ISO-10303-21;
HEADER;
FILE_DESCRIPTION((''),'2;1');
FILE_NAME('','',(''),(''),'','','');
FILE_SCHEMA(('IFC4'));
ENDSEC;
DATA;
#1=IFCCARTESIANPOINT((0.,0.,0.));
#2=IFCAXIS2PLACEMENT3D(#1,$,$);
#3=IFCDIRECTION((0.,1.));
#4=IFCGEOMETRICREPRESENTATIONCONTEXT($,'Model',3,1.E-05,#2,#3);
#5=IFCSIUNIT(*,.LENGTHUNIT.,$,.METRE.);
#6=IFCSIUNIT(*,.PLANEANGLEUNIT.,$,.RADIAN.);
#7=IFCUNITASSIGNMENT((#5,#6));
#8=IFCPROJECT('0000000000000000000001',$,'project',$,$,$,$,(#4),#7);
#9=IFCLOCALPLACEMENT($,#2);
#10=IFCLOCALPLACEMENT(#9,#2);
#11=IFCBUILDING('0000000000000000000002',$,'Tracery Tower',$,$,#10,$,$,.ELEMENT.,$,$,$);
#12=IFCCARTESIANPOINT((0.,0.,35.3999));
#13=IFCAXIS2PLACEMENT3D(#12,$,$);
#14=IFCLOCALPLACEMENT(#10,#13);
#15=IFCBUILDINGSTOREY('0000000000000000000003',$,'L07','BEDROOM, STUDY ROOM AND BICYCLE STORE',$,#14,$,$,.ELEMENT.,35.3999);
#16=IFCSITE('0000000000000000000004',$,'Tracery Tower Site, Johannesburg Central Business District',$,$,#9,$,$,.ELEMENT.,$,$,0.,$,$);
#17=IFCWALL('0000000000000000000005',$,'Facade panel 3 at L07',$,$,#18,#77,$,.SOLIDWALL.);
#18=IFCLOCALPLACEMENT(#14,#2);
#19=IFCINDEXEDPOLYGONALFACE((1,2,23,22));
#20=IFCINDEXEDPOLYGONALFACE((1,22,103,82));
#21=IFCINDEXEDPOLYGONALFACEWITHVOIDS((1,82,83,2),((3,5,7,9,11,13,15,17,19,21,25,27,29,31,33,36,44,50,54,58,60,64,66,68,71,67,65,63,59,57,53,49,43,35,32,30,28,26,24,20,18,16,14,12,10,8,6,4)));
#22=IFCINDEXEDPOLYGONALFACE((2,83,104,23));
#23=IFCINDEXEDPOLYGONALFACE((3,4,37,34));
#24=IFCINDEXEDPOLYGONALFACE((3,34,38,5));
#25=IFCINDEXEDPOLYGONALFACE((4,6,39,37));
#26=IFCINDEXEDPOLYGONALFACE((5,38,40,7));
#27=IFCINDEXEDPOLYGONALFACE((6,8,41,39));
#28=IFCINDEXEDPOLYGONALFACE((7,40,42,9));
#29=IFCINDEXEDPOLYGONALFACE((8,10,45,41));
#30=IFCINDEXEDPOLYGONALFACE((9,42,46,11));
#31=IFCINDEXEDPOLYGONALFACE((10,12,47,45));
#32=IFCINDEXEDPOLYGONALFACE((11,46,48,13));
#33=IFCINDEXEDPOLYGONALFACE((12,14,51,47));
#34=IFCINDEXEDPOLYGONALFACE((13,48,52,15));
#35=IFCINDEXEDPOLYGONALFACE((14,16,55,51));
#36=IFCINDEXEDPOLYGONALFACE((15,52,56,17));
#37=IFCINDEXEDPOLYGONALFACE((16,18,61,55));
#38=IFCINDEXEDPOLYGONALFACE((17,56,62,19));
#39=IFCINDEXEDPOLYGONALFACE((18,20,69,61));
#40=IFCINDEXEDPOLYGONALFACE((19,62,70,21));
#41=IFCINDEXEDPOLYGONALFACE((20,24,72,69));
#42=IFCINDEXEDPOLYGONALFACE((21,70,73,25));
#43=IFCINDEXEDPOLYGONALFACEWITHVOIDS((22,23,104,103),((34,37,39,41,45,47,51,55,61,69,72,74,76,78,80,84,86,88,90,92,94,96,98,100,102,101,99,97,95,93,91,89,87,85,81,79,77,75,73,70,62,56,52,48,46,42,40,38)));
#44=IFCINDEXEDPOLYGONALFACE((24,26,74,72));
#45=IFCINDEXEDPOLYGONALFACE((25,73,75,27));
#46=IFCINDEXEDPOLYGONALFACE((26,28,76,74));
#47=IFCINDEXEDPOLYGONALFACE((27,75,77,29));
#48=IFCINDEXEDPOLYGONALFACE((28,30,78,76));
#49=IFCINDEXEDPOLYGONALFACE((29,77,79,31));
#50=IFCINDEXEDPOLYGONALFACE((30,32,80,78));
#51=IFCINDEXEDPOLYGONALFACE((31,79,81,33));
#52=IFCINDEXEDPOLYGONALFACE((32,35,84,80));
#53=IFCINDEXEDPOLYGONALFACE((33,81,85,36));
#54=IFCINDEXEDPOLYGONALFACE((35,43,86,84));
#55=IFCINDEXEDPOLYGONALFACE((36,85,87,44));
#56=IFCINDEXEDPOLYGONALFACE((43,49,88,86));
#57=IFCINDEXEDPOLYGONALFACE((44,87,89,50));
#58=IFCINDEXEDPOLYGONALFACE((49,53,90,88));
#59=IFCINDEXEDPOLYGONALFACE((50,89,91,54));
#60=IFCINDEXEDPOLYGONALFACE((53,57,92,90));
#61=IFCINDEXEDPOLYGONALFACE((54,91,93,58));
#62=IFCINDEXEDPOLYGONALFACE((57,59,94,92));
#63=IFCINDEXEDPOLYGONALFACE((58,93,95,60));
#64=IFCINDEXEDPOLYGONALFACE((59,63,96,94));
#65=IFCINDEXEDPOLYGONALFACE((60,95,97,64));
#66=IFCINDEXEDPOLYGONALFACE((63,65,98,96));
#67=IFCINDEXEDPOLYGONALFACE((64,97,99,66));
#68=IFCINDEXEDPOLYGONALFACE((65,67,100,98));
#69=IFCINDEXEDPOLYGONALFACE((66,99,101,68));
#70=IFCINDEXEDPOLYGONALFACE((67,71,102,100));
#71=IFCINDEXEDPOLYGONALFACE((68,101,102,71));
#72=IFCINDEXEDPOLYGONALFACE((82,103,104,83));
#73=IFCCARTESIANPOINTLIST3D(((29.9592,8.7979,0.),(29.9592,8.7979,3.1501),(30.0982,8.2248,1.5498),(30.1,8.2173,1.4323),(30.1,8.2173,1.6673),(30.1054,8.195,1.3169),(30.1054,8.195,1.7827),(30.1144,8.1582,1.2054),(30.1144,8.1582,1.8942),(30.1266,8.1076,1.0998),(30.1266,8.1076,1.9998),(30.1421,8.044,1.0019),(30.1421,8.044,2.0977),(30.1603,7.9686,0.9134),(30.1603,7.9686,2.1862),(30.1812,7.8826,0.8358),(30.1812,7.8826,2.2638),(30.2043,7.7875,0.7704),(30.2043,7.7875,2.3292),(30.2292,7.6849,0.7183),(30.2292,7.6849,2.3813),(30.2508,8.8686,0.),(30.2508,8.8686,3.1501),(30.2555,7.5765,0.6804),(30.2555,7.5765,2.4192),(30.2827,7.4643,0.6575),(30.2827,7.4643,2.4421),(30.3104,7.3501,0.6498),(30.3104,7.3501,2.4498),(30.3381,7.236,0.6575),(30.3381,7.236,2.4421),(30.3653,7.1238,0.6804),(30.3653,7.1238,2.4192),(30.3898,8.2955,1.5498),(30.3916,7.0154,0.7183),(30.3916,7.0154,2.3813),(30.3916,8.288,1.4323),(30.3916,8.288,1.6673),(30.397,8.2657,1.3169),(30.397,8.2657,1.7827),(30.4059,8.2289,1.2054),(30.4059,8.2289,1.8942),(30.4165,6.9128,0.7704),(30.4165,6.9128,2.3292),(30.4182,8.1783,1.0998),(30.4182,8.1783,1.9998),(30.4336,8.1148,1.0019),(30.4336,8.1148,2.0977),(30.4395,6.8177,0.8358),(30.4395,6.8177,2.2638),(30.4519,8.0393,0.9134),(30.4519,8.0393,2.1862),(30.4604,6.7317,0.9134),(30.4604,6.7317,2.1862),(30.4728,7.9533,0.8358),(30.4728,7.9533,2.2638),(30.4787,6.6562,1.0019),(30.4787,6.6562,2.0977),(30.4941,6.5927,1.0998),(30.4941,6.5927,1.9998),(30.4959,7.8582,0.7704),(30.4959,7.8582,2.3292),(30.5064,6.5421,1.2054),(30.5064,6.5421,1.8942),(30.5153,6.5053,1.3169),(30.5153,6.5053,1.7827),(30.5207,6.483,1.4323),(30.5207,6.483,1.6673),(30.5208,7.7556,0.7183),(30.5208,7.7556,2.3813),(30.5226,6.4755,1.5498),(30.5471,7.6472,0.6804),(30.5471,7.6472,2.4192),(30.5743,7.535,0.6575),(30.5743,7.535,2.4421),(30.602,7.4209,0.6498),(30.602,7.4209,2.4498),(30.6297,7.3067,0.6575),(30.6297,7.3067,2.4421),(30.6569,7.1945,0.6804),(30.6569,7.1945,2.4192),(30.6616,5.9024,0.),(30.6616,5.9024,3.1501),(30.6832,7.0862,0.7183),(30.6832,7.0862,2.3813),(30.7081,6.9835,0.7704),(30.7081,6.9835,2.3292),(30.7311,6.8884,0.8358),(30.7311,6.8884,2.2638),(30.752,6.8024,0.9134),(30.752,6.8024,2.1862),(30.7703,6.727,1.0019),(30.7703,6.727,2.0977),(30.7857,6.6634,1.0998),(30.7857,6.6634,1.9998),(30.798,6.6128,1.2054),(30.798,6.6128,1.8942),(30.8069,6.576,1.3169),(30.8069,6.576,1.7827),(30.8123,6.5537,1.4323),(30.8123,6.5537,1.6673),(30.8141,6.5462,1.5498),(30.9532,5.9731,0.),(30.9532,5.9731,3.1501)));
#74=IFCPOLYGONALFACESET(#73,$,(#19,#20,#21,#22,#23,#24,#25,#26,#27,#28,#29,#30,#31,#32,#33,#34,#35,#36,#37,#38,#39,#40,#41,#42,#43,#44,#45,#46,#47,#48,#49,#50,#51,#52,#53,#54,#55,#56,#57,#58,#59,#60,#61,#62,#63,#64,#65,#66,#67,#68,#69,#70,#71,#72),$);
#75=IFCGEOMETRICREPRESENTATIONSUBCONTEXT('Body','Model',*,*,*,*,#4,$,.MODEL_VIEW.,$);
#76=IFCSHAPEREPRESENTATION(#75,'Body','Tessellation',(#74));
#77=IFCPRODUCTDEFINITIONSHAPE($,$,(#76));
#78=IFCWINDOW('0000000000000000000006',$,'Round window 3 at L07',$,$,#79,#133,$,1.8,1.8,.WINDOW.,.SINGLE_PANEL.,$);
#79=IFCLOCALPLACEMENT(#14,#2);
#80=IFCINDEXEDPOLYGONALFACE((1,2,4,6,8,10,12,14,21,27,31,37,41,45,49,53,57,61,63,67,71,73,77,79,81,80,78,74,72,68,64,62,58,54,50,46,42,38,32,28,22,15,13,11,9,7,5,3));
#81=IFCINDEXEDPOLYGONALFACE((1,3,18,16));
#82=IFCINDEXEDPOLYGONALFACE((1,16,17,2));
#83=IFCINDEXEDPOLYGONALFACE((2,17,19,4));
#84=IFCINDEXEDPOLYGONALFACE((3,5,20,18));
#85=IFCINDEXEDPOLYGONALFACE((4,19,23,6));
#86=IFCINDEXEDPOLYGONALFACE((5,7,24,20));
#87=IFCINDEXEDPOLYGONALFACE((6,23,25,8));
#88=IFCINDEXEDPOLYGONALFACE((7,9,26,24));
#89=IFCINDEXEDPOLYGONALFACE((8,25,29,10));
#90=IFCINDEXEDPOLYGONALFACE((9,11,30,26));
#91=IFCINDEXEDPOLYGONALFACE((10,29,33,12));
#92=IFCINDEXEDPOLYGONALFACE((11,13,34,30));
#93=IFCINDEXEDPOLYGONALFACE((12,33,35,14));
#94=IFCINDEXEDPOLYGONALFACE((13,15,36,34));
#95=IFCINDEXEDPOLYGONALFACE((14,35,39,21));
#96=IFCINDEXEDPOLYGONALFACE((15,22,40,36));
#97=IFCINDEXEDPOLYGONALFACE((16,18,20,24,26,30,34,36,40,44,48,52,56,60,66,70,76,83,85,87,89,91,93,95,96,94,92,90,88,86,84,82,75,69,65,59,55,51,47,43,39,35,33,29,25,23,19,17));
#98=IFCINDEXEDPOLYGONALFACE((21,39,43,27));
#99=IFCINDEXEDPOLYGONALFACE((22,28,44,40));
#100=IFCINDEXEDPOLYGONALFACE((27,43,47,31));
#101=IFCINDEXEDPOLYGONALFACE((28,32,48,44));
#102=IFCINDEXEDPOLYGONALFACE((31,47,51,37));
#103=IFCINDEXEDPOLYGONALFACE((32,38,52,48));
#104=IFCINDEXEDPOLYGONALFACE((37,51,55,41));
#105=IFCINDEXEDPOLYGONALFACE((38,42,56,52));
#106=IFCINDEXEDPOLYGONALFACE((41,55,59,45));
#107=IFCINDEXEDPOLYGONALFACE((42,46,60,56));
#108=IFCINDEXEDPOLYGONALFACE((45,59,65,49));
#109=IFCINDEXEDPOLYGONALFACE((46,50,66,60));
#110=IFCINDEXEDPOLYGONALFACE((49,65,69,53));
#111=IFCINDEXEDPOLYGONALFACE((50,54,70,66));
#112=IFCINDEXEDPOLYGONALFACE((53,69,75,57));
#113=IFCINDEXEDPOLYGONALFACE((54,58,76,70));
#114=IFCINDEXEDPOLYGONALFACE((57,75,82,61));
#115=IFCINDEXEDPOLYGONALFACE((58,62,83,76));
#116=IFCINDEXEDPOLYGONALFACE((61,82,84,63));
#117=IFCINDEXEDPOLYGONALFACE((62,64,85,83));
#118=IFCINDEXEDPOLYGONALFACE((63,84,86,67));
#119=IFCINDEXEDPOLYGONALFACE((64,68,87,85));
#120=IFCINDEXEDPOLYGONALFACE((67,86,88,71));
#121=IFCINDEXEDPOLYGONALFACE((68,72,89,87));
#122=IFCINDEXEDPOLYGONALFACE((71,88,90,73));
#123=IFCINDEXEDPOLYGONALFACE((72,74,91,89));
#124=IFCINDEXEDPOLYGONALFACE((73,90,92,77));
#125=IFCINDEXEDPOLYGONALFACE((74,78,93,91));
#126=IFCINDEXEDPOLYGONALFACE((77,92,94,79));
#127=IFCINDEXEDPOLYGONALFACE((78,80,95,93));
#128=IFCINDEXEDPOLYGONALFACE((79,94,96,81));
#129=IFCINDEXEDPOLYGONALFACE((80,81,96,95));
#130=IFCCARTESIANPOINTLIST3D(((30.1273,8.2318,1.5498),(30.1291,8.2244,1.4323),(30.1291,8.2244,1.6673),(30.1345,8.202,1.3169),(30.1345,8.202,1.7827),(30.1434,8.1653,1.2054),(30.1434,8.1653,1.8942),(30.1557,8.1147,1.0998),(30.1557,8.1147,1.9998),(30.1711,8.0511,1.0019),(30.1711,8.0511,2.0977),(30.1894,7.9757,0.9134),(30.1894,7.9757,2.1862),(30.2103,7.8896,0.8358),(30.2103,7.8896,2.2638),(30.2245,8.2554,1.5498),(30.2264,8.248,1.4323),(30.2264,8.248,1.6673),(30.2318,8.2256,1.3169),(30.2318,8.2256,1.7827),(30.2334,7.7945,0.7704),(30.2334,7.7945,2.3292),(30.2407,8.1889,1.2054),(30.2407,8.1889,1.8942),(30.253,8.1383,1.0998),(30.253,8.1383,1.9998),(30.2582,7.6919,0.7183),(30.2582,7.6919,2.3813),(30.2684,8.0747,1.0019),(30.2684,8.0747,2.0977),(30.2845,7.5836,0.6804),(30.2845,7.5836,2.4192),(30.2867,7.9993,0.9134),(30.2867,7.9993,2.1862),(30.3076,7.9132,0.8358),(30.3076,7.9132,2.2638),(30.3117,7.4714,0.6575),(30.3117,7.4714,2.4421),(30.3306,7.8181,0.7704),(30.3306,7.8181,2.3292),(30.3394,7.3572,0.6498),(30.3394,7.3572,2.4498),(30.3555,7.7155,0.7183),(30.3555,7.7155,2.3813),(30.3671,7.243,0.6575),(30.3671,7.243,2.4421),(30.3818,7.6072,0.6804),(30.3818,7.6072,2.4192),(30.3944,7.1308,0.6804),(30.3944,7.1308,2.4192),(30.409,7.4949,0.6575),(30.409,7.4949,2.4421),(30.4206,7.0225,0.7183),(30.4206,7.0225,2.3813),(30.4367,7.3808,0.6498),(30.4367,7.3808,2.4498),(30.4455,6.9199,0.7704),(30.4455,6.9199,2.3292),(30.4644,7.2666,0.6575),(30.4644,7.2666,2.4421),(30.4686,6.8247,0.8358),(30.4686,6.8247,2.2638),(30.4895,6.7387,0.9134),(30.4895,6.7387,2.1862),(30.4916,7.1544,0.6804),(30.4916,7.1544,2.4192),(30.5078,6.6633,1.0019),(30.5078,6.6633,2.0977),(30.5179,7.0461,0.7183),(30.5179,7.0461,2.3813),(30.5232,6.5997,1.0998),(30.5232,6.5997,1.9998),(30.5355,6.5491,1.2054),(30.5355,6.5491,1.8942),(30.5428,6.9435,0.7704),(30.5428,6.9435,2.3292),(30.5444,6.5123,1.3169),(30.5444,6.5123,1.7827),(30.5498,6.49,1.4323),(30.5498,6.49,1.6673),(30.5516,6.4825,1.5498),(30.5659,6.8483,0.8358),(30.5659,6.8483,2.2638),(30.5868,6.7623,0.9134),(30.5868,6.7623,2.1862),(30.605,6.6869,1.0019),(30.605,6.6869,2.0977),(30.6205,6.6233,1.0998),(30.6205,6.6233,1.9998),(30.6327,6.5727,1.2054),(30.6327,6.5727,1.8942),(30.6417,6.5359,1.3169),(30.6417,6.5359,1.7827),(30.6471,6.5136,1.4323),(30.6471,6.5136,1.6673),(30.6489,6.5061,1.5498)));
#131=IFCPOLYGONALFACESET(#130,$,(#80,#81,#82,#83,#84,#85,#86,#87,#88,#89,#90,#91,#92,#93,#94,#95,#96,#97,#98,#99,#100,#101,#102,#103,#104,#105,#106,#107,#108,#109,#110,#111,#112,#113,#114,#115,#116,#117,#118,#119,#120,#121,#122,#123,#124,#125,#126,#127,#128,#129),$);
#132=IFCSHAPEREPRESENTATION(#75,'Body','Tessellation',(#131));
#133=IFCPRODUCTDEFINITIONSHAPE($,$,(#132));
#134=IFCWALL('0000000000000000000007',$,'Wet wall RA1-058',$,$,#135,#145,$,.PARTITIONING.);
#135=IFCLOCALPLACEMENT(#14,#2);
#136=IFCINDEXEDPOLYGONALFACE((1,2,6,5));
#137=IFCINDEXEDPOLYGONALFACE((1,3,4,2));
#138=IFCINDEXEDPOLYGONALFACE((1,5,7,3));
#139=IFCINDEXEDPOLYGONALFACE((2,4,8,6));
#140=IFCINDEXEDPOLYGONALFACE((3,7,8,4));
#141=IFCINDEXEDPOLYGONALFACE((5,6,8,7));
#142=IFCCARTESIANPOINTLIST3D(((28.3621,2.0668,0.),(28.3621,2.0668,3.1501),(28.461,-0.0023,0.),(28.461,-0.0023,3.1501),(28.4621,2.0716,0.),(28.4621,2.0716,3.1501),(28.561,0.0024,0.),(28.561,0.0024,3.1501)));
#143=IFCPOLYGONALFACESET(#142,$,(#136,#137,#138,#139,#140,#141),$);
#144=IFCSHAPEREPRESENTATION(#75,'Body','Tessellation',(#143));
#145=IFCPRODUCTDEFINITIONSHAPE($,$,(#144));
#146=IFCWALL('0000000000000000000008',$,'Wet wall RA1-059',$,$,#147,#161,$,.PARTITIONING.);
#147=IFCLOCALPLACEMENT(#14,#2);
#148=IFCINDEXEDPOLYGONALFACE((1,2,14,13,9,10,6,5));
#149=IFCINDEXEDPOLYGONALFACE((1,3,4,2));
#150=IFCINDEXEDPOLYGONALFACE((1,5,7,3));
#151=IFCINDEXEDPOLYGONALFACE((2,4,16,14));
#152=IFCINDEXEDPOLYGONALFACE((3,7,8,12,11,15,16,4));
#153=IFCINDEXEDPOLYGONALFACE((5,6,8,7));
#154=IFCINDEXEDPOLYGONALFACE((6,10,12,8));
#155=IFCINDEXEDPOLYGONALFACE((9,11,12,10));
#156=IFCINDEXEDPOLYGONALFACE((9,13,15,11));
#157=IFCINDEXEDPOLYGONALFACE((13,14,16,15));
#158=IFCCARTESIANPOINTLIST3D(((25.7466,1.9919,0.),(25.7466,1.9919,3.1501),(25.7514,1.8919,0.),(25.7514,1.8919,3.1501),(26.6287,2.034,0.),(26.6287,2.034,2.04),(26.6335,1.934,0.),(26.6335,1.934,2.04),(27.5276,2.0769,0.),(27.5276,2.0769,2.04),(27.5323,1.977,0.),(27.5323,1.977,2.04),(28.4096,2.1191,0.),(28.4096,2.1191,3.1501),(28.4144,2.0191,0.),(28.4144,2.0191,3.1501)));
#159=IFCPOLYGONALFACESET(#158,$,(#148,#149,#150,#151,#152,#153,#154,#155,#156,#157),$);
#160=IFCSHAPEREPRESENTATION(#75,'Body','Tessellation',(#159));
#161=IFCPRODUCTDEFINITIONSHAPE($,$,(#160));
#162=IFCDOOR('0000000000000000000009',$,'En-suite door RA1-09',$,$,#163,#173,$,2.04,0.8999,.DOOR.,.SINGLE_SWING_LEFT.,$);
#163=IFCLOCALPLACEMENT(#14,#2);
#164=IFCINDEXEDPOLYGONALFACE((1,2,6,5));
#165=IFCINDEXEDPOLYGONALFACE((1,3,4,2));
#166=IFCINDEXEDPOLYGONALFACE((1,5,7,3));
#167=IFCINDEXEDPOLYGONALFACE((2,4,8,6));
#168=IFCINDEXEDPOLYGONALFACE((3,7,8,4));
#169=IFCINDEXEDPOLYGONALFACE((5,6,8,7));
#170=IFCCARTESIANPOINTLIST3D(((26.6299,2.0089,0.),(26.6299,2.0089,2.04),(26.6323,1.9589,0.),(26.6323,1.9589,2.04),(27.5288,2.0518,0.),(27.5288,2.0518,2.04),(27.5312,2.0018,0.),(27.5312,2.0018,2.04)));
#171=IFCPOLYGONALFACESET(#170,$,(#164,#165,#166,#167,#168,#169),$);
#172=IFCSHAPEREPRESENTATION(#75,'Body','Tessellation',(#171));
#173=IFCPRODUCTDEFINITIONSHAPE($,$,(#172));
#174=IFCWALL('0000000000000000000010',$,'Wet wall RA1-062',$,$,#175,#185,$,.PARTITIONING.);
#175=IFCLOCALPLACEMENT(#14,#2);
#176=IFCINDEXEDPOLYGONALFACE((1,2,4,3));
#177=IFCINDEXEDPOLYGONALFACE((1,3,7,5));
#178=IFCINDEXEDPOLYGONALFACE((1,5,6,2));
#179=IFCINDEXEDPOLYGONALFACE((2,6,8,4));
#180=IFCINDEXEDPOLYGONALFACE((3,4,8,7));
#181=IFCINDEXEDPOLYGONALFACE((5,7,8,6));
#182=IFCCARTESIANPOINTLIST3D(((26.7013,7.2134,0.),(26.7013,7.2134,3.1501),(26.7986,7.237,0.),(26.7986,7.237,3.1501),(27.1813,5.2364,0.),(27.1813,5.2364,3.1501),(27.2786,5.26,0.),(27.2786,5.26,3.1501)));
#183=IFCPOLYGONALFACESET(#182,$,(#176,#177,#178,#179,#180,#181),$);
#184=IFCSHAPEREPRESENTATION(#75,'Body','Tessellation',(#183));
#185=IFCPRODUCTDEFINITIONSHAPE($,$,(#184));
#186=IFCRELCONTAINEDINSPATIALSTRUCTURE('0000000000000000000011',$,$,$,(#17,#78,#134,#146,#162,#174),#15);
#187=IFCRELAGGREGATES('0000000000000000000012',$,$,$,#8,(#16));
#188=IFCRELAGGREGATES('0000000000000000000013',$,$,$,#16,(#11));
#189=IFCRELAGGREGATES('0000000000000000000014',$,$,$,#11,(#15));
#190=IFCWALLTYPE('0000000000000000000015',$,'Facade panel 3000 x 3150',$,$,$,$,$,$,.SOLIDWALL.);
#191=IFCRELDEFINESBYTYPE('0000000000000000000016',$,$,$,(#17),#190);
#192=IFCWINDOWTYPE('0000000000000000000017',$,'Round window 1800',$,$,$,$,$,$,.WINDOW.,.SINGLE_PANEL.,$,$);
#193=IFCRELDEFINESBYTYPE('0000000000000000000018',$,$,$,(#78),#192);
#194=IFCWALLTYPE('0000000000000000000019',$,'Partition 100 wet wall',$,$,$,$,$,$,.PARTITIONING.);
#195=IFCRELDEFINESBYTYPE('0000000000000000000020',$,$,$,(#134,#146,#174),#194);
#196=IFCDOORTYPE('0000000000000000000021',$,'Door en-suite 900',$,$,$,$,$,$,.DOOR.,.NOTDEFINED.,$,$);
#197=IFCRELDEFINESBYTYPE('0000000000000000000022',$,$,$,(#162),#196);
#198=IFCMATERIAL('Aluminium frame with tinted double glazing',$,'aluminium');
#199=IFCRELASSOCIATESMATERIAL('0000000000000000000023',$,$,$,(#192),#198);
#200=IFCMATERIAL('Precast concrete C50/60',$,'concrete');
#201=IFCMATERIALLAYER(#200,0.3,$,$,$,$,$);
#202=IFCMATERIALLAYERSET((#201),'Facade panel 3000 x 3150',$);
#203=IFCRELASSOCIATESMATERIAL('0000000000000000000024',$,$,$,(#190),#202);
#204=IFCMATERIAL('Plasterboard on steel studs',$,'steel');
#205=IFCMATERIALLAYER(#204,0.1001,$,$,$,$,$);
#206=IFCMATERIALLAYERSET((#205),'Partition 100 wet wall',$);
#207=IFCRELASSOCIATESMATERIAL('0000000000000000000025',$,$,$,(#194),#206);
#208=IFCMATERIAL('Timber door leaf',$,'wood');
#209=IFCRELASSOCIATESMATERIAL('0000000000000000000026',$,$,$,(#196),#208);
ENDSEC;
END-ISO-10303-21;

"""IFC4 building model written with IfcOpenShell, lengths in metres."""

from ifc_helpers import new_model, si_unit, direction, frame, frame_2d, origin, origin_2d, place, context, subcontext, project, spatial, rectangle, circle, extrude, material, layer, layer_set, type_object, element, fill, save


model = new_model("IFC4")

# Units and contexts
model_context = context("Model", 3, precision=1e-05, world=origin(), true_north=direction((0.0, 1.0)))
body_context = subcontext(model_context, "Body", "Model", "MODEL_VIEW")
ifc_project = project(units=[si_unit("LENGTHUNIT", "METRE"), si_unit("PLANEANGLEUNIT", "RADIAN")], contexts=[model_context])

# Site, building, storey
site_placement = place(None, origin())
site = spatial("IfcSite", under=ifc_project, at=site_placement, Name="Tracery Tower Site, Johannesburg Central Business District", CompositionType="ELEMENT", RefElevation=0.0)
building_placement = place(site_placement, origin())
building = spatial("IfcBuilding", under=site, at=building_placement, Name="Tracery Tower", CompositionType="ELEMENT")
storey_placement = place(building_placement, frame((0.0, 0.0, 35.3999)))
storey = spatial("IfcBuildingStorey", under=building, at=storey_placement, Name="L07", Description="BEDROOM, STUDY ROOM AND BICYCLE STORE", CompositionType="ELEMENT", Elevation=35.3999)

# Wall, opening, window
ifc_material_1 = material(Name="Aluminium frame with tinted double glazing", Category="aluminium")
window_type = type_object("IfcWindowType", Name="Round window 1800", PartitioningType="SINGLE_PANEL", PredefinedType="WINDOW", material=ifc_material_1)
ifc_material_2 = material(Name="Precast concrete C50/60", Category="concrete")
ifc_layer_1 = layer(ifc_material_2, 0.3)
ifc_layer_set_1 = layer_set([ifc_layer_1], Name="Facade panel 3000 x 3150")
wall_type_1 = type_object("IfcWallType", Name="Facade panel 3000 x 3150", PredefinedType="SOLIDWALL", material=ifc_layer_set_1)
wall_1_placement = place(storey_placement, frame((30.8074, 5.9377, 0.0), z_axis=(0.0, 0.0, 1.0), x_axis=(-0.235743, 0.971815, 0.0)))
wall_1 = element("IfcWall", 1, at=wall_1_placement, inside=storey, type_object=wall_type_1, Name="Facade panel 3 at L07", PredefinedType="SOLIDWALL", context=body_context, shape_type="SweptSolid", body=[
    extrude(rectangle(XDim=2.9795, YDim=0.3, at=frame_2d((1.4897, 0.0))), origin(), (0.0, 0.0, 1.0), 3.1501),
])
opening_1_placement = place(wall_1_placement, frame((1.4897, 0.0, 1.5498)))
opening_1 = element("IfcOpeningElement", 2, at=opening_1_placement, cuts=wall_1, PredefinedType="OPENING", context=body_context, shape_type="SweptSolid", body=[
    extrude(circle(Radius=0.9, at=origin_2d()), frame((0.0, 0.1599, 0.0), z_axis=(0.0, -1.0, 0.0), x_axis=(1.0, 0.0, 0.0)), (0.0, 0.0, 1.0), 0.3201),
])
window_1_placement = place(opening_1_placement, origin())
window_1 = element("IfcWindow", 3, at=window_1_placement, inside=storey, type_object=window_type, Name="Round window 3 at L07", OverallHeight=1.8, OverallWidth=1.8, PartitioningType="SINGLE_PANEL", PredefinedType="WINDOW", context=body_context, shape_type="SweptSolid", body=[
    extrude(circle(Radius=0.9, at=origin_2d()), frame((0.0, 0.1201, 0.0), z_axis=(0.0, -1.0, 0.0), x_axis=(1.0, 0.0, 0.0)), (0.0, 0.0, 1.0), 0.1001),
])
fill(opening_1, window_1)

# Wall
ifc_material_3 = material(Name="Plasterboard on steel studs", Category="steel")
ifc_layer_2 = layer(ifc_material_3, 0.1001)
ifc_layer_set_2 = layer_set([ifc_layer_2], Name="Partition 100 wet wall")
wall_type_2 = type_object("IfcWallType", Name="Partition 100 wet wall", PredefinedType="PARTITIONING", material=ifc_layer_set_2)
wall_2_placement = place(storey_placement, frame((28.4121, 2.0691, 0.0), z_axis=(0.0, 0.0, 1.0), x_axis=(0.047733, -0.99886, 0.0)))
element("IfcWall", 4, at=wall_2_placement, inside=storey, type_object=wall_type_2, Name="Wet wall RA1-058", PredefinedType="PARTITIONING", context=body_context, shape_type="SweptSolid", body=[
    extrude(rectangle(XDim=2.0715, YDim=0.1001, at=frame_2d((1.0356, 0.0))), origin(), (0.0, 0.0, 1.0), 3.1501),
])

# Wall, opening, door
wall_3_placement = place(storey_placement, frame((25.749, 1.9419, 0.0), z_axis=(0.0, 0.0, 1.0), x_axis=(0.998861, 0.047709, 0.0)))
wall_3 = element("IfcWall", 5, at=wall_3_placement, inside=storey, type_object=wall_type_2, Name="Wet wall RA1-059", PredefinedType="PARTITIONING", context=body_context, shape_type="SweptSolid", body=[
    extrude(rectangle(XDim=2.666, YDim=0.1001, at=frame_2d((1.333, 0.0))), origin(), (0.0, 0.0, 1.0), 3.1501),
])
opening_2_placement = place(wall_3_placement, frame((0.8831, 0.0, 0.0)))
opening_2 = element("IfcOpeningElement", 6, at=opening_2_placement, cuts=wall_3, PredefinedType="OPENING", context=body_context, shape_type="SweptSolid", body=[
    extrude(rectangle(XDim=0.8999, YDim=2.04, at=frame_2d((0.45, 1.02))), frame((0.0, 0.05, 0.0), z_axis=(0.0, -1.0, 0.0), x_axis=(1.0, 0.0, 0.0)), (0.0, 0.0, 1.0), 0.1001),
])
ifc_material_4 = material(Name="Timber door leaf", Category="wood")
door_type = type_object("IfcDoorType", Name="Door en-suite 900", OperationType="NOTDEFINED", PredefinedType="DOOR", material=ifc_material_4)
door_1_placement = place(opening_2_placement, origin())
door_1 = element("IfcDoor", 7, at=door_1_placement, inside=storey, type_object=door_type, Name="En-suite door RA1-09", OperationType="SINGLE_SWING_LEFT", OverallHeight=2.04, OverallWidth=0.8999, PredefinedType="DOOR", context=body_context, shape_type="SweptSolid", body=[
    extrude(rectangle(XDim=0.8999, YDim=2.04, at=frame_2d((0.45, 1.02))), frame((0.0, 0.0249, 0.0), z_axis=(0.0, -1.0, 0.0), x_axis=(1.0, 0.0, 0.0)), (0.0, 0.0, 1.0), 0.05),
])
fill(opening_2, door_1)

# Wall
wall_4_placement = place(storey_placement, frame((26.75, 7.2251, 0.0), z_axis=(0.0, 0.0, 1.0), x_axis=(0.235923, -0.971772, 0.0)))
element("IfcWall", 8, at=wall_4_placement, inside=storey, type_object=wall_type_2, Name="Wet wall RA1-062", PredefinedType="PARTITIONING", context=body_context, shape_type="SweptSolid", body=[
    extrude(rectangle(XDim=2.0344, YDim=0.1001, at=frame_2d((1.0171, 0.0))), origin(), (0.0, 0.0, 1.0), 3.1501),
])

save(model, "model.ifc")
